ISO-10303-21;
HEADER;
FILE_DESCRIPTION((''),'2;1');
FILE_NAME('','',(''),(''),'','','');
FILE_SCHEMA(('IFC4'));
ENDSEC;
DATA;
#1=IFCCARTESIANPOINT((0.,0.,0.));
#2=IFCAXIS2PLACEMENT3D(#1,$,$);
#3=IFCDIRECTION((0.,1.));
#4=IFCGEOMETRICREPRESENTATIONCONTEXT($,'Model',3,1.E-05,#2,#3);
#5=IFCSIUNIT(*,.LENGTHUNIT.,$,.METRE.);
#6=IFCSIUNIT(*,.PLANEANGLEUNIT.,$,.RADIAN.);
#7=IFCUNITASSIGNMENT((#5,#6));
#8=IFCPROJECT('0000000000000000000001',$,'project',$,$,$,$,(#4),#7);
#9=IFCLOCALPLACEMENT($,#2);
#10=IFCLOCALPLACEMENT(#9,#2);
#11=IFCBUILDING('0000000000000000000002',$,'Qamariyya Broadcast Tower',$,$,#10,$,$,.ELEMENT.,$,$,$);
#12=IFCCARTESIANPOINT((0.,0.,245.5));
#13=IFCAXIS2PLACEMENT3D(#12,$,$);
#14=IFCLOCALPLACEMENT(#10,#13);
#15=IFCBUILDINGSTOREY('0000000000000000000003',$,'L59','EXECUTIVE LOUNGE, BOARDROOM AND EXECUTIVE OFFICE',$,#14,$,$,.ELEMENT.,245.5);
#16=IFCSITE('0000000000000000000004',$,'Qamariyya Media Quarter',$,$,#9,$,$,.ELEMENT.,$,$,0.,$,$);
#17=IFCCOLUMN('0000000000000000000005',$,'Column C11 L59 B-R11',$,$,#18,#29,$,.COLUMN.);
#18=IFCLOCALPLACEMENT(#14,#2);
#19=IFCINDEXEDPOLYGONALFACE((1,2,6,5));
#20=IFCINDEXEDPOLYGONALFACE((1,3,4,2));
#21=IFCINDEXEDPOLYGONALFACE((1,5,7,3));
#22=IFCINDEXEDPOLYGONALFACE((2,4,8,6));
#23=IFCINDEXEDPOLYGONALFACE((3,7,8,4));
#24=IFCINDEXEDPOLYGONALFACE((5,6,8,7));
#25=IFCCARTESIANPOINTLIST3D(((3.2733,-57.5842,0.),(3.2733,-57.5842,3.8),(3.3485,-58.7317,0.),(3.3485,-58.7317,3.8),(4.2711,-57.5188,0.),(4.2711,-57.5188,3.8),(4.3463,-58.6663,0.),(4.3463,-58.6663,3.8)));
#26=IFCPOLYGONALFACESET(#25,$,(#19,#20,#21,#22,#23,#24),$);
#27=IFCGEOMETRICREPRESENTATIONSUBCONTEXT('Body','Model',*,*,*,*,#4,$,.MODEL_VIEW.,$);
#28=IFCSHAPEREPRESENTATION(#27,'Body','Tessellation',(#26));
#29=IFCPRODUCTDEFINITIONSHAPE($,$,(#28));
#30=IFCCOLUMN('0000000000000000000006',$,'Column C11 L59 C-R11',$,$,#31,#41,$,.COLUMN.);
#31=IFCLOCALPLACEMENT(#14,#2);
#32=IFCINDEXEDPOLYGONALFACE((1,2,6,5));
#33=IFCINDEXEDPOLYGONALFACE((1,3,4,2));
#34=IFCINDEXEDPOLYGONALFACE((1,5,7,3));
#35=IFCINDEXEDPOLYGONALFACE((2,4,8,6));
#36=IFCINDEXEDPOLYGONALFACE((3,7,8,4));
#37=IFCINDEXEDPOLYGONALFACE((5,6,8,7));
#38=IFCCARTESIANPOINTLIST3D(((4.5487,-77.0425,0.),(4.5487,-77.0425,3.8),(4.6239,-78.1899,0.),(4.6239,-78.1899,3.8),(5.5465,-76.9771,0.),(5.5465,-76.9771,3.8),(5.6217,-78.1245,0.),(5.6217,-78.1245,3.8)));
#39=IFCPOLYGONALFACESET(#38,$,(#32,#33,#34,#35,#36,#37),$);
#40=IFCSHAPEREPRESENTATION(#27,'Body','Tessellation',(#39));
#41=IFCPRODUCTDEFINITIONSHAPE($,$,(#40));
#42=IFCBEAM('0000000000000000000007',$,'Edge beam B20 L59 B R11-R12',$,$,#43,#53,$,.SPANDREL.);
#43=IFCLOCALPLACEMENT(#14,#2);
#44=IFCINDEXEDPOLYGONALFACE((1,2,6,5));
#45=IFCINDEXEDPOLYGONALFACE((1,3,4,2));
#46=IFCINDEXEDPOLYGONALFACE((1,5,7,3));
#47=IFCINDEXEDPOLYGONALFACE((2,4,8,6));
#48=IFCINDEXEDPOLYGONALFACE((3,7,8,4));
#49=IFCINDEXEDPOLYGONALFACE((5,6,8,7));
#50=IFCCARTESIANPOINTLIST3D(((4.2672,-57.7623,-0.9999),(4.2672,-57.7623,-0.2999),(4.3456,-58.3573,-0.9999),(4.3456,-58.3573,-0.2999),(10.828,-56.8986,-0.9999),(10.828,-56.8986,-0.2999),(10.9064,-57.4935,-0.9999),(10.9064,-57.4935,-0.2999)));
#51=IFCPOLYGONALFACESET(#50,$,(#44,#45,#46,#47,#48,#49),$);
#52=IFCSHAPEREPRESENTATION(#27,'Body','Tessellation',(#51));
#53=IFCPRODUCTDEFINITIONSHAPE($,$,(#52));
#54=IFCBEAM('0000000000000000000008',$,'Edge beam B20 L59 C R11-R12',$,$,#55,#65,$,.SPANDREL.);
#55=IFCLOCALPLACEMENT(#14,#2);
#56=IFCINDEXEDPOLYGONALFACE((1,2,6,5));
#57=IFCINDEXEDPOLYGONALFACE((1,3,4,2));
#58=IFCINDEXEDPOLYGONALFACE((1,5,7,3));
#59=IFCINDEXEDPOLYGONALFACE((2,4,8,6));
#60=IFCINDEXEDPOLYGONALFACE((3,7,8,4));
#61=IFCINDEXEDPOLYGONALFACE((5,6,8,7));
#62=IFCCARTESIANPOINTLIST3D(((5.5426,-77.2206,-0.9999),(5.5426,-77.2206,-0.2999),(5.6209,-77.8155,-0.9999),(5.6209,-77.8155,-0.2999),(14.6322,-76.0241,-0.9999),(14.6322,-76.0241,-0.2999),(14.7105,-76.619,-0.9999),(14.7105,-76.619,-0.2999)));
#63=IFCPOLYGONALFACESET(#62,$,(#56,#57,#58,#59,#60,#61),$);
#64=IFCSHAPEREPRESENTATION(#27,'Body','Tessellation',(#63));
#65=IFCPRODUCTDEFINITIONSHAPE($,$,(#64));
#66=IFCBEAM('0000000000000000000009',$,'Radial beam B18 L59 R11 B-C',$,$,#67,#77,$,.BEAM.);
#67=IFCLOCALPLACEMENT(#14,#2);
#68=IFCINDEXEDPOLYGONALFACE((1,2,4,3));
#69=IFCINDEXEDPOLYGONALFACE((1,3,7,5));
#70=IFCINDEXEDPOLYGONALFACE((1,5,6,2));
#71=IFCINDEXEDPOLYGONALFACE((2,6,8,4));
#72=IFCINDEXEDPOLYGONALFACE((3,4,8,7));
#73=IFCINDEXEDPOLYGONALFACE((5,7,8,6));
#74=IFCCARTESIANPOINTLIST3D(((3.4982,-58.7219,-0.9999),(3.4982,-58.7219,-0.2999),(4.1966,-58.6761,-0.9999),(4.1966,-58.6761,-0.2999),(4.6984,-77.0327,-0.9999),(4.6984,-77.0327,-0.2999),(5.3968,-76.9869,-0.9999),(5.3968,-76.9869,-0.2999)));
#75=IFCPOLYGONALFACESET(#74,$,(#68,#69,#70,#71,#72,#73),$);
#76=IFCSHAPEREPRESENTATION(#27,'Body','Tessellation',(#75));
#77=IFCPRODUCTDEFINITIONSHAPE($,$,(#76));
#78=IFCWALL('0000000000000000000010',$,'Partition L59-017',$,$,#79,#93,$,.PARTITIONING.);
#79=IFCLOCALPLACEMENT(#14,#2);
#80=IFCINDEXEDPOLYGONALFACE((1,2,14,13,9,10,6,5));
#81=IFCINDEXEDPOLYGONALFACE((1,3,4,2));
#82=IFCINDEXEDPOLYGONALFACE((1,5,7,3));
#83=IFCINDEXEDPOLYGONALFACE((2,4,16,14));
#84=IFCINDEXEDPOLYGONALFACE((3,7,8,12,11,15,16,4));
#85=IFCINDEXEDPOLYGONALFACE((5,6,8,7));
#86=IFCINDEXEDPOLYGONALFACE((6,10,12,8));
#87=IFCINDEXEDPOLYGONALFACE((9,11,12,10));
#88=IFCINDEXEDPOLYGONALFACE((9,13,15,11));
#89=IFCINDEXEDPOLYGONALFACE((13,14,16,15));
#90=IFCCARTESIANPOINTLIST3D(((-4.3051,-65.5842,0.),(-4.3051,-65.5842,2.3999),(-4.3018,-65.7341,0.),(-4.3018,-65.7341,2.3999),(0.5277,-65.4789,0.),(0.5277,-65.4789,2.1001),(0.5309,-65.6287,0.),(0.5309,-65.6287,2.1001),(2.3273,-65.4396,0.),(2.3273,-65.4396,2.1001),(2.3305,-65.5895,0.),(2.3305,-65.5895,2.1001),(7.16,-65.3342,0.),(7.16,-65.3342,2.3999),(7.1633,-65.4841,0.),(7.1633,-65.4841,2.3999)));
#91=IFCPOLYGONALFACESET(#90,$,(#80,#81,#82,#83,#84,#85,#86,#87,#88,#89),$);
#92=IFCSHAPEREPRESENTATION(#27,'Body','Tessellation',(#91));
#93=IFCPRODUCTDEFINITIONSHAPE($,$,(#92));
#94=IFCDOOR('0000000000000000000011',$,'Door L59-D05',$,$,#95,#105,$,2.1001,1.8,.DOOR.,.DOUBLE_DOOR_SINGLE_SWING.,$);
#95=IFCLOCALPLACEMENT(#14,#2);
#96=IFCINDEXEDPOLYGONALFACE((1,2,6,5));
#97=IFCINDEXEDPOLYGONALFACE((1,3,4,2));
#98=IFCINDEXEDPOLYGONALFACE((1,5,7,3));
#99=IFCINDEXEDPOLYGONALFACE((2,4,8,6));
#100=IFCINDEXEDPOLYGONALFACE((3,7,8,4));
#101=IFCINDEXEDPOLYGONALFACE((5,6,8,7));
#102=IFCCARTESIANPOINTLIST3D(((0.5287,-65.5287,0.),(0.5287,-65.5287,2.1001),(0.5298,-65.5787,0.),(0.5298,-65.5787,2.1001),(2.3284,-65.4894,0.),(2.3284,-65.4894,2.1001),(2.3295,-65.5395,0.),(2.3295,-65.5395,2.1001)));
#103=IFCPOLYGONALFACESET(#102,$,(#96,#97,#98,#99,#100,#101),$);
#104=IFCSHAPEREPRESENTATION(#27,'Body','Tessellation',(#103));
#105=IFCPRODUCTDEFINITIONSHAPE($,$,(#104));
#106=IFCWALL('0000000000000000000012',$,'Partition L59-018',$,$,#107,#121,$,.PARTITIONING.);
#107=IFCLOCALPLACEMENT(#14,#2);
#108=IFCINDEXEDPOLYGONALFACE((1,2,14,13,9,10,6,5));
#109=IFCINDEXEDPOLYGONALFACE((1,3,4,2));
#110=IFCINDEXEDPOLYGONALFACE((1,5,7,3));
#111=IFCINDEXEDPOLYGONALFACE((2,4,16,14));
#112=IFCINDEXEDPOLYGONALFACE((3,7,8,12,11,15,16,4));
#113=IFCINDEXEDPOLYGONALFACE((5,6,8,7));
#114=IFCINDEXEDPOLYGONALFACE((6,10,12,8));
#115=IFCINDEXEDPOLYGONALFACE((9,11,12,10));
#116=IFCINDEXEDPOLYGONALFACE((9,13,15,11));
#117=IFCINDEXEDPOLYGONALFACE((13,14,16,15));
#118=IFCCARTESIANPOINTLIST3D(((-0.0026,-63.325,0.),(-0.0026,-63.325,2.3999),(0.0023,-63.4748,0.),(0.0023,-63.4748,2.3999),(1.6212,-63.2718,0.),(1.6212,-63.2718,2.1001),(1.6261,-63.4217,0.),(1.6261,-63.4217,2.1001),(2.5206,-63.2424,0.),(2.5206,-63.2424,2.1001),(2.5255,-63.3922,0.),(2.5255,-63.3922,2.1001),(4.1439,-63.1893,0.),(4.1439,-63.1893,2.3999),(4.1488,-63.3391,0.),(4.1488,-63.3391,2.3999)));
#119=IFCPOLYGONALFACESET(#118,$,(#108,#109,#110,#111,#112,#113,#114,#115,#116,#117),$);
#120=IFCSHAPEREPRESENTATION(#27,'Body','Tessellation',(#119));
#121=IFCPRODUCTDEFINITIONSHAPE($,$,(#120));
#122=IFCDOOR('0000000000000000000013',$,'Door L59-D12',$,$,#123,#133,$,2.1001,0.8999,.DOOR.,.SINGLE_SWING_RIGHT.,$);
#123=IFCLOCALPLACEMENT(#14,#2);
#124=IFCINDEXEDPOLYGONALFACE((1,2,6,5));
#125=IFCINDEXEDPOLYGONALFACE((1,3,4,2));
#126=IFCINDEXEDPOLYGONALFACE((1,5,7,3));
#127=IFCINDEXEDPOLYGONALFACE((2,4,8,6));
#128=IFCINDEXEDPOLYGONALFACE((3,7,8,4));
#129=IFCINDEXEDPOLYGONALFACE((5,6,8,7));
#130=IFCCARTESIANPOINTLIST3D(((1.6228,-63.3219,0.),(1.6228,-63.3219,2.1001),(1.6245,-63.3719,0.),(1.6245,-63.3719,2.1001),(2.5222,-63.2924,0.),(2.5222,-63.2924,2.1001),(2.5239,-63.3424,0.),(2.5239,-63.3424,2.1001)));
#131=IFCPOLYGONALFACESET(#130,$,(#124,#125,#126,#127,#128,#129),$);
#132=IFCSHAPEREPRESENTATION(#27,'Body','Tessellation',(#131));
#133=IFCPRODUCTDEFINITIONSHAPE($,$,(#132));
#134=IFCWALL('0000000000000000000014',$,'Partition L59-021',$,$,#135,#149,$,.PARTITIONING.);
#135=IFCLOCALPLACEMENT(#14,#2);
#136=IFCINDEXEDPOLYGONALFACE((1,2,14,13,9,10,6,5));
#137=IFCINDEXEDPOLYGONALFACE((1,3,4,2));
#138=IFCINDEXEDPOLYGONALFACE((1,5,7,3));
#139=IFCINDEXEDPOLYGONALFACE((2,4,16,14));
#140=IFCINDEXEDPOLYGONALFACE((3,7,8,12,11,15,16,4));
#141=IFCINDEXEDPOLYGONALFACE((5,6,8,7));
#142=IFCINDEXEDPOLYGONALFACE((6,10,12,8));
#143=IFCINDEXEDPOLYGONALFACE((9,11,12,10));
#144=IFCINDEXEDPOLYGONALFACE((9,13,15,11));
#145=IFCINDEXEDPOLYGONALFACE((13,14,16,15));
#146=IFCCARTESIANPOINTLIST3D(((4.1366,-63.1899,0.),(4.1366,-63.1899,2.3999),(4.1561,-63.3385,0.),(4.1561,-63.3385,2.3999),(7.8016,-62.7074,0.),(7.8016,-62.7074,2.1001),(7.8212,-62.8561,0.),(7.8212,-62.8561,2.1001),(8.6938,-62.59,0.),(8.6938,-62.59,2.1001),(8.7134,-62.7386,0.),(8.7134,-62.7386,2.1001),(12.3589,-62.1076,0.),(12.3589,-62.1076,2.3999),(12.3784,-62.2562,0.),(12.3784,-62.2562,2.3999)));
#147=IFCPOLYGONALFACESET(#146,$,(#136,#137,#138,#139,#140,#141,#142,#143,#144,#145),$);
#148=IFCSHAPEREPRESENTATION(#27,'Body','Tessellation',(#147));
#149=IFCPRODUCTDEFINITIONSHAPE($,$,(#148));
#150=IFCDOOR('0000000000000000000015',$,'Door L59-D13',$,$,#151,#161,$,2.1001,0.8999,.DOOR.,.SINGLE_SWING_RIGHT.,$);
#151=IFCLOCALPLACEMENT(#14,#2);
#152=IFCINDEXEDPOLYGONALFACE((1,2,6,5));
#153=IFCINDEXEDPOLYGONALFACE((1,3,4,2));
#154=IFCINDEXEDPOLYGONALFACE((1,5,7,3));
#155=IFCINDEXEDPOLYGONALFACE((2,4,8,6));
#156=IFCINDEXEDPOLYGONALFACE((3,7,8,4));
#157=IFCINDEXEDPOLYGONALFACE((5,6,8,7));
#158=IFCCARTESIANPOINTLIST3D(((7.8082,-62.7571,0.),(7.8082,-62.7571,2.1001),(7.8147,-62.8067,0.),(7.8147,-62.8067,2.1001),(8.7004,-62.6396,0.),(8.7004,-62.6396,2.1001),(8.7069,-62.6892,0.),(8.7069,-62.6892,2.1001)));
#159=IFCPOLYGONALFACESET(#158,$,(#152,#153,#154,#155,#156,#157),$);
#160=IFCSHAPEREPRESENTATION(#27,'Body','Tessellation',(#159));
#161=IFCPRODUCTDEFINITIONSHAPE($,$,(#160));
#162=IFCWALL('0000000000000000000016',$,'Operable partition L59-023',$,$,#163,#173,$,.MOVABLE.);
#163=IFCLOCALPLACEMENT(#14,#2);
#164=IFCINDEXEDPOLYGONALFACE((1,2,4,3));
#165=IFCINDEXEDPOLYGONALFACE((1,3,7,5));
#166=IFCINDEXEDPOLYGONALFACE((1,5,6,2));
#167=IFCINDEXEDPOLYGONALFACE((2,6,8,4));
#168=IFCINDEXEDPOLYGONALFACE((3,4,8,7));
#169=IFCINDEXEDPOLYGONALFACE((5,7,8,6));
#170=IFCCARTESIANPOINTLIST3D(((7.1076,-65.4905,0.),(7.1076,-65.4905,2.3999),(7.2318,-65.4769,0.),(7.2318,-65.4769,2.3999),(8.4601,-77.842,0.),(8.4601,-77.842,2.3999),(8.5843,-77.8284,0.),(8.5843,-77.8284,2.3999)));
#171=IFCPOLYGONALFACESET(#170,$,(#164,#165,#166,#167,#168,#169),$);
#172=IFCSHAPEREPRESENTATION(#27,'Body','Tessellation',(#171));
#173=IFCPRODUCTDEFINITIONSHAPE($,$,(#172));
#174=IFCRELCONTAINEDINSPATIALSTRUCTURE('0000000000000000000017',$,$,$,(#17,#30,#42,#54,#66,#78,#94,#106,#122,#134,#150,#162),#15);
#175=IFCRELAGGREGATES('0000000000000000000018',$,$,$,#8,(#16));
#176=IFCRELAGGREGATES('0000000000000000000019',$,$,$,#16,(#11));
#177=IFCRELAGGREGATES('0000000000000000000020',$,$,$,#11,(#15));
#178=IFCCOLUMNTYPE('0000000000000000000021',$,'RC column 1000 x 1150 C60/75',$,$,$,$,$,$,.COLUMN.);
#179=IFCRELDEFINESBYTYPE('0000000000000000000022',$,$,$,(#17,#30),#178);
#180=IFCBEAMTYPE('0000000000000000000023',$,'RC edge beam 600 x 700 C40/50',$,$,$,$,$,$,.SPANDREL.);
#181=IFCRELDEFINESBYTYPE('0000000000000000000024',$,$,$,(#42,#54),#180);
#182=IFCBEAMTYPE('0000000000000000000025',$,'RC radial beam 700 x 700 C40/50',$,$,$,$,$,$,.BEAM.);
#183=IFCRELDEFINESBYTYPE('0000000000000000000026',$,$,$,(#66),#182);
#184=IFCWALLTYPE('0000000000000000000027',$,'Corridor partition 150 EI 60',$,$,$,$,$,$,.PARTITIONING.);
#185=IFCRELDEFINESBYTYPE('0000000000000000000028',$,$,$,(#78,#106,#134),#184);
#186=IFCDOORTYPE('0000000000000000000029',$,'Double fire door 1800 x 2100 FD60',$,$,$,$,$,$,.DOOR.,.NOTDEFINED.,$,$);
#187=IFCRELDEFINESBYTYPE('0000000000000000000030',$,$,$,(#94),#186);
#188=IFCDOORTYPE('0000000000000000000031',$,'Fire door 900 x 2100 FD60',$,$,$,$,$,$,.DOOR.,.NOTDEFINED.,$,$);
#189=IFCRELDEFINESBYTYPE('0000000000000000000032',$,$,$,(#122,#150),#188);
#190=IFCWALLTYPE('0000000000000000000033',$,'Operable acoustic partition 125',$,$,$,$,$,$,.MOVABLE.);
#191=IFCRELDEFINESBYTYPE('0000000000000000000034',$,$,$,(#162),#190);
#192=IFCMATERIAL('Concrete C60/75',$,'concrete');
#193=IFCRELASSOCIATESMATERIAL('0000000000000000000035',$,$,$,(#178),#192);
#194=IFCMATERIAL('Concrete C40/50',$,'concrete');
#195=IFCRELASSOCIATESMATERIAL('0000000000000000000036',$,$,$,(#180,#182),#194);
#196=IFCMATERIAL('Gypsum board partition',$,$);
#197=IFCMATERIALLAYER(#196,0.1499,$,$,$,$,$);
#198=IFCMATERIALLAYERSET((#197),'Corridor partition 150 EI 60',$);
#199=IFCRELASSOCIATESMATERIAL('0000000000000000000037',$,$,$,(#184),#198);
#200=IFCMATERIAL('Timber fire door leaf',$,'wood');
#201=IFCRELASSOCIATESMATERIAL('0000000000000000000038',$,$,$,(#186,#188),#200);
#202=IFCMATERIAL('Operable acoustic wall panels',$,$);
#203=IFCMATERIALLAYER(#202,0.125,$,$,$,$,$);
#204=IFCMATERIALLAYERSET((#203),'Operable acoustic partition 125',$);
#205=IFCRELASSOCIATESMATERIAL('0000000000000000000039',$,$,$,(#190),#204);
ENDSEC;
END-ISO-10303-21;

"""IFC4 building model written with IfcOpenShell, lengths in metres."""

from ifc_helpers import new_model, si_unit, direction, frame, frame_2d, origin, origin_2d, place, context, subcontext, project, spatial, rectangle, extrude, material, layer, layer_set, material_profile, profile_set, type_object, element, fill, save


model = new_model("IFC4")

# Units and contexts
model_context = context("Model", 3, precision=1e-05, world=origin(), true_north=direction((0.0, 1.0)))
body_context = subcontext(model_context, "Body", "Model", "MODEL_VIEW")
ifc_project = project(units=[si_unit("LENGTHUNIT", "METRE"), si_unit("PLANEANGLEUNIT", "RADIAN")], contexts=[model_context])

# Site, building, storey
site_placement = place(None, origin())
site = spatial("IfcSite", under=ifc_project, at=site_placement, Name="Qamariyya Media Quarter", CompositionType="ELEMENT", RefElevation=0.0)
building_placement = place(site_placement, origin())
building = spatial("IfcBuilding", under=site, at=building_placement, Name="Qamariyya Broadcast Tower", CompositionType="ELEMENT")
storey_placement = place(building_placement, frame((0.0, 0.0, 245.5)))
storey = spatial("IfcBuildingStorey", under=building, at=storey_placement, Name="L59", Description="EXECUTIVE LOUNGE, BOARDROOM AND EXECUTIVE OFFICE", CompositionType="ELEMENT", Elevation=245.5)

# Columns
ifc_material_1 = material(Name="Concrete C60/75", Category="concrete")
ifc_material_profile_1 = material_profile(ifc_material_1, rectangle(XDim=1.0, YDim=1.1499, at=origin_2d()))
ifc_profile_set_1 = profile_set([ifc_material_profile_1], Name="Concrete C60/75")
column_type = type_object("IfcColumnType", Name="RC column 1000 x 1150 C60/75", PredefinedType="COLUMN", material=ifc_profile_set_1)
for number, where, z_axis, x_axis, name in (
    (1, (3.8098, -58.1252, 0.0), (0.0, 0.0, 1.0), (0.997859, 0.065403, 0.0), "Column C11 L59 B-R11"),
    (2, (5.0852, -77.5835, 0.0), (0.0, 0.0, 1.0), (0.997859, 0.065403, 0.0), "Column C11 L59 C-R11"),
):
    element("IfcColumn", number, at=place(storey_placement, frame(where, z_axis=z_axis, x_axis=x_axis)), inside=storey, type_object=column_type, Name=name, PredefinedType="COLUMN", context=body_context, shape_type="SweptSolid", body=[
        extrude(rectangle(XDim=1.0, YDim=1.1499, at=origin_2d()), origin(), (0.0, 0.0, 1.0), 3.8),
    ])

# Beams
ifc_material_2 = material(Name="Concrete C40/50", Category="concrete")
ifc_material_profile_2 = material_profile(ifc_material_2, rectangle(XDim=0.6001, YDim=0.7, at=origin_2d()))
ifc_profile_set_2 = profile_set([ifc_material_profile_2], Name="Concrete C40/50")
beam_type_1 = type_object("IfcBeamType", Name="RC edge beam 600 x 700 C40/50", PredefinedType="SPANDREL", material=ifc_profile_set_2)
beam_1_placement = place(storey_placement, frame((4.3064, -58.0598, -0.6499), z_axis=(0.991444, 0.13053, 0.0), x_axis=(-0.13053, 0.991444, 0.0)))
element("IfcBeam", 3, at=beam_1_placement, inside=storey, type_object=beam_type_1, Name="Edge beam B20 L59 B R11-R12", PredefinedType="SPANDREL", context=body_context, shape_type="SweptSolid", body=[
    extrude(rectangle(XDim=0.6001, YDim=0.7, at=origin_2d()), origin(), (0.0, 0.0, 1.0), 6.6174),
])
beam_2_placement = place(storey_placement, frame((5.5818, -77.5181, -0.6499), z_axis=(0.991447, 0.130512, 0.0), x_axis=(-0.130512, 0.991447, 0.0)))
element("IfcBeam", 4, at=beam_2_placement, inside=storey, type_object=beam_type_1, Name="Edge beam B20 L59 C R11-R12", PredefinedType="SPANDREL", context=body_context, shape_type="SweptSolid", body=[
    extrude(rectangle(XDim=0.6001, YDim=0.7, at=origin_2d()), origin(), (0.0, 0.0, 1.0), 9.168),
])
ifc_material_profile_3 = material_profile(ifc_material_2, rectangle(XDim=0.7, YDim=0.7, at=origin_2d()))
ifc_profile_set_3 = profile_set([ifc_material_profile_3], Name="Concrete C40/50")
beam_type_2 = type_object("IfcBeamType", Name="RC radial beam 700 x 700 C40/50", PredefinedType="BEAM", material=ifc_profile_set_3)
beam_3_placement = place(storey_placement, frame((3.8474, -58.699, -0.6499), z_axis=(0.065405, -0.997859, 0.0), x_axis=(0.997859, 0.065405, 0.0)))
element("IfcBeam", 5, at=beam_3_placement, inside=storey, type_object=beam_type_2, Name="Radial beam B18 L59 R11 B-C", PredefinedType="BEAM", context=body_context, shape_type="SweptSolid", body=[
    extrude(rectangle(XDim=0.7, YDim=0.7, at=origin_2d()), origin(), (0.0, 0.0, 1.0), 18.3501),
])

# Walls, openings, doors
ifc_material_3 = material(Name="Gypsum board partition")
ifc_layer_1 = layer(ifc_material_3, 0.1499)
ifc_layer_set_1 = layer_set([ifc_layer_1], Name="Corridor partition 150 EI 60")
wall_type_1 = type_object("IfcWallType", Name="Corridor partition 150 EI 60", PredefinedType="PARTITIONING", material=ifc_layer_set_1)
wall_1_placement = place(storey_placement, frame((7.1616, -65.4092, 0.0), z_axis=(0.0, 0.0, 1.0), x_axis=(-0.999762, -0.0218, 0.0)))
wall_1 = element("IfcWall", 6, at=wall_1_placement, inside=storey, type_object=wall_type_1, Name="Partition L59-017", PredefinedType="PARTITIONING", context=body_context, shape_type="SweptSolid", body=[
    extrude(rectangle(XDim=11.4678, YDim=0.1499, at=frame_2d((5.7339, 0.0))), origin(), (0.0, 0.0, 1.0), 2.3999),
])
opening_1_placement = place(wall_1_placement, frame((4.834, 0.0, 0.0)))
opening_1 = element("IfcOpeningElement", 7, at=opening_1_placement, cuts=wall_1, PredefinedType="OPENING", context=body_context, shape_type="SweptSolid", body=[
    extrude(rectangle(XDim=1.8, YDim=2.1001, at=frame_2d((0.8999, 1.05))), frame((0.0, 0.085, 0.0), z_axis=(0.0, -1.0, 0.0), x_axis=(1.0, 0.0, 0.0)), (0.0, 0.0, 1.0), 0.1699),
])
ifc_material_4 = material(Name="Timber fire door leaf", Category="wood")
door_type_1 = type_object("IfcDoorType", Name="Double fire door 1800 x 2100 FD60", OperationType="NOTDEFINED", PredefinedType="DOOR", material=ifc_material_4)
door_1_placement = place(opening_1_placement, origin())
door_1 = element("IfcDoor", 8, at=door_1_placement, inside=storey, type_object=door_type_1, Name="Door L59-D05", OperationType="DOUBLE_DOOR_SINGLE_SWING", OverallHeight=2.1001, OverallWidth=1.8, PredefinedType="DOOR", context=body_context, shape_type="SweptSolid", body=[
    extrude(rectangle(XDim=1.8, YDim=2.1001, at=frame_2d((0.8999, 1.05))), frame((0.0, 0.0249, 0.0), z_axis=(0.0, -1.0, 0.0), x_axis=(1.0, 0.0, 0.0)), (0.0, 0.0, 1.0), 0.05),
])
fill(opening_1, door_1)
wall_2_placement = place(storey_placement, frame((0.0, -63.3999, 0.0), z_axis=(0.0, 0.0, 1.0), x_axis=(0.999465, 0.032719, 0.0)))
wall_2 = element("IfcWall", 9, at=wall_2_placement, inside=storey, type_object=wall_type_1, Name="Partition L59-018", PredefinedType="PARTITIONING", context=body_context, shape_type="SweptSolid", body=[
    extrude(rectangle(XDim=4.1487, YDim=0.1499, at=frame_2d((2.0742, 0.0))), origin(), (0.0, 0.0, 1.0), 2.3999),
])
opening_2_placement = place(wall_2_placement, frame((1.6245, 0.0, 0.0)))
opening_2 = element("IfcOpeningElement", 10, at=opening_2_placement, cuts=wall_2, PredefinedType="OPENING", context=body_context, shape_type="SweptSolid", body=[
    extrude(rectangle(XDim=0.8999, YDim=2.1001, at=frame_2d((0.45, 1.05))), frame((0.0, 0.085, 0.0), z_axis=(0.0, -1.0, 0.0), x_axis=(1.0, 0.0, 0.0)), (0.0, 0.0, 1.0), 0.1699),
])
door_type_2 = type_object("IfcDoorType", Name="Fire door 900 x 2100 FD60", OperationType="NOTDEFINED", PredefinedType="DOOR", material=ifc_material_4)
door_2_placement = place(opening_2_placement, origin())
door_2 = element("IfcDoor", 11, at=door_2_placement, inside=storey, type_object=door_type_2, Name="Door L59-D12", OperationType="SINGLE_SWING_RIGHT", OverallHeight=2.1001, OverallWidth=0.8999, PredefinedType="DOOR", context=body_context, shape_type="SweptSolid", body=[
    extrude(rectangle(XDim=0.8999, YDim=2.1001, at=frame_2d((0.45, 1.05))), frame((0.0, 0.0249, 0.0), z_axis=(0.0, -1.0, 0.0), x_axis=(1.0, 0.0, 0.0)), (0.0, 0.0, 1.0), 0.05),
])
fill(opening_2, door_2)
wall_3_placement = place(storey_placement, frame((4.1465, -63.2642, 0.0), z_axis=(0.0, 0.0, 1.0), x_axis=(0.991448, 0.130503, 0.0)))
wall_3 = element("IfcWall", 12, at=wall_3_placement, inside=storey, type_object=wall_type_1, Name="Partition L59-021", PredefinedType="PARTITIONING", context=body_context, shape_type="SweptSolid", body=[
    extrude(rectangle(XDim=8.2932, YDim=0.1499, at=frame_2d((4.1465, 0.0))), origin(), (0.0, 0.0, 1.0), 2.3999),
])
opening_3_placement = place(wall_3_placement, frame((3.6965, 0.0, 0.0)))
opening_3 = element("IfcOpeningElement", 13, at=opening_3_placement, cuts=wall_3, PredefinedType="OPENING", context=body_context, shape_type="SweptSolid", body=[
    extrude(rectangle(XDim=0.8999, YDim=2.1001, at=frame_2d((0.45, 1.05))), frame((0.0, 0.085, 0.0), z_axis=(0.0, -1.0, 0.0), x_axis=(1.0, 0.0, 0.0)), (0.0, 0.0, 1.0), 0.1699),
])
door_3_placement = place(opening_3_placement, origin())
door_3 = element("IfcDoor", 14, at=door_3_placement, inside=storey, type_object=door_type_2, Name="Door L59-D13", OperationType="SINGLE_SWING_RIGHT", OverallHeight=2.1001, OverallWidth=0.8999, PredefinedType="DOOR", context=body_context, shape_type="SweptSolid", body=[
    extrude(rectangle(XDim=0.8999, YDim=2.1001, at=frame_2d((0.45, 1.05))), frame((0.0, 0.0249, 0.0), z_axis=(0.0, -1.0, 0.0), x_axis=(1.0, 0.0, 0.0)), (0.0, 0.0, 1.0), 0.05),
])
fill(opening_3, door_3)

# Wall
ifc_material_5 = material(Name="Operable acoustic wall panels")
ifc_layer_2 = layer(ifc_material_5, 0.125)
ifc_layer_set_2 = layer_set([ifc_layer_2], Name="Operable acoustic partition 125")
wall_type_2 = type_object("IfcWallType", Name="Operable acoustic partition 125", PredefinedType="MOVABLE", material=ifc_layer_set_2)
wall_4_placement = place(storey_placement, frame((8.5222, -77.8352, 0.0), z_axis=(0.0, 0.0, 1.0), x_axis=(-0.108853, 0.994058, 0.0)))
element("IfcWall", 15, at=wall_4_placement, inside=storey, type_object=wall_type_2, Name="Operable partition L59-023", PredefinedType="MOVABLE", context=body_context, shape_type="SweptSolid", body=[
    extrude(rectangle(XDim=12.4253, YDim=0.125, at=frame_2d((6.2126, 0.0))), origin(), (0.0, 0.0, 1.0), 2.3999),
])

save(model, "model.ifc")
